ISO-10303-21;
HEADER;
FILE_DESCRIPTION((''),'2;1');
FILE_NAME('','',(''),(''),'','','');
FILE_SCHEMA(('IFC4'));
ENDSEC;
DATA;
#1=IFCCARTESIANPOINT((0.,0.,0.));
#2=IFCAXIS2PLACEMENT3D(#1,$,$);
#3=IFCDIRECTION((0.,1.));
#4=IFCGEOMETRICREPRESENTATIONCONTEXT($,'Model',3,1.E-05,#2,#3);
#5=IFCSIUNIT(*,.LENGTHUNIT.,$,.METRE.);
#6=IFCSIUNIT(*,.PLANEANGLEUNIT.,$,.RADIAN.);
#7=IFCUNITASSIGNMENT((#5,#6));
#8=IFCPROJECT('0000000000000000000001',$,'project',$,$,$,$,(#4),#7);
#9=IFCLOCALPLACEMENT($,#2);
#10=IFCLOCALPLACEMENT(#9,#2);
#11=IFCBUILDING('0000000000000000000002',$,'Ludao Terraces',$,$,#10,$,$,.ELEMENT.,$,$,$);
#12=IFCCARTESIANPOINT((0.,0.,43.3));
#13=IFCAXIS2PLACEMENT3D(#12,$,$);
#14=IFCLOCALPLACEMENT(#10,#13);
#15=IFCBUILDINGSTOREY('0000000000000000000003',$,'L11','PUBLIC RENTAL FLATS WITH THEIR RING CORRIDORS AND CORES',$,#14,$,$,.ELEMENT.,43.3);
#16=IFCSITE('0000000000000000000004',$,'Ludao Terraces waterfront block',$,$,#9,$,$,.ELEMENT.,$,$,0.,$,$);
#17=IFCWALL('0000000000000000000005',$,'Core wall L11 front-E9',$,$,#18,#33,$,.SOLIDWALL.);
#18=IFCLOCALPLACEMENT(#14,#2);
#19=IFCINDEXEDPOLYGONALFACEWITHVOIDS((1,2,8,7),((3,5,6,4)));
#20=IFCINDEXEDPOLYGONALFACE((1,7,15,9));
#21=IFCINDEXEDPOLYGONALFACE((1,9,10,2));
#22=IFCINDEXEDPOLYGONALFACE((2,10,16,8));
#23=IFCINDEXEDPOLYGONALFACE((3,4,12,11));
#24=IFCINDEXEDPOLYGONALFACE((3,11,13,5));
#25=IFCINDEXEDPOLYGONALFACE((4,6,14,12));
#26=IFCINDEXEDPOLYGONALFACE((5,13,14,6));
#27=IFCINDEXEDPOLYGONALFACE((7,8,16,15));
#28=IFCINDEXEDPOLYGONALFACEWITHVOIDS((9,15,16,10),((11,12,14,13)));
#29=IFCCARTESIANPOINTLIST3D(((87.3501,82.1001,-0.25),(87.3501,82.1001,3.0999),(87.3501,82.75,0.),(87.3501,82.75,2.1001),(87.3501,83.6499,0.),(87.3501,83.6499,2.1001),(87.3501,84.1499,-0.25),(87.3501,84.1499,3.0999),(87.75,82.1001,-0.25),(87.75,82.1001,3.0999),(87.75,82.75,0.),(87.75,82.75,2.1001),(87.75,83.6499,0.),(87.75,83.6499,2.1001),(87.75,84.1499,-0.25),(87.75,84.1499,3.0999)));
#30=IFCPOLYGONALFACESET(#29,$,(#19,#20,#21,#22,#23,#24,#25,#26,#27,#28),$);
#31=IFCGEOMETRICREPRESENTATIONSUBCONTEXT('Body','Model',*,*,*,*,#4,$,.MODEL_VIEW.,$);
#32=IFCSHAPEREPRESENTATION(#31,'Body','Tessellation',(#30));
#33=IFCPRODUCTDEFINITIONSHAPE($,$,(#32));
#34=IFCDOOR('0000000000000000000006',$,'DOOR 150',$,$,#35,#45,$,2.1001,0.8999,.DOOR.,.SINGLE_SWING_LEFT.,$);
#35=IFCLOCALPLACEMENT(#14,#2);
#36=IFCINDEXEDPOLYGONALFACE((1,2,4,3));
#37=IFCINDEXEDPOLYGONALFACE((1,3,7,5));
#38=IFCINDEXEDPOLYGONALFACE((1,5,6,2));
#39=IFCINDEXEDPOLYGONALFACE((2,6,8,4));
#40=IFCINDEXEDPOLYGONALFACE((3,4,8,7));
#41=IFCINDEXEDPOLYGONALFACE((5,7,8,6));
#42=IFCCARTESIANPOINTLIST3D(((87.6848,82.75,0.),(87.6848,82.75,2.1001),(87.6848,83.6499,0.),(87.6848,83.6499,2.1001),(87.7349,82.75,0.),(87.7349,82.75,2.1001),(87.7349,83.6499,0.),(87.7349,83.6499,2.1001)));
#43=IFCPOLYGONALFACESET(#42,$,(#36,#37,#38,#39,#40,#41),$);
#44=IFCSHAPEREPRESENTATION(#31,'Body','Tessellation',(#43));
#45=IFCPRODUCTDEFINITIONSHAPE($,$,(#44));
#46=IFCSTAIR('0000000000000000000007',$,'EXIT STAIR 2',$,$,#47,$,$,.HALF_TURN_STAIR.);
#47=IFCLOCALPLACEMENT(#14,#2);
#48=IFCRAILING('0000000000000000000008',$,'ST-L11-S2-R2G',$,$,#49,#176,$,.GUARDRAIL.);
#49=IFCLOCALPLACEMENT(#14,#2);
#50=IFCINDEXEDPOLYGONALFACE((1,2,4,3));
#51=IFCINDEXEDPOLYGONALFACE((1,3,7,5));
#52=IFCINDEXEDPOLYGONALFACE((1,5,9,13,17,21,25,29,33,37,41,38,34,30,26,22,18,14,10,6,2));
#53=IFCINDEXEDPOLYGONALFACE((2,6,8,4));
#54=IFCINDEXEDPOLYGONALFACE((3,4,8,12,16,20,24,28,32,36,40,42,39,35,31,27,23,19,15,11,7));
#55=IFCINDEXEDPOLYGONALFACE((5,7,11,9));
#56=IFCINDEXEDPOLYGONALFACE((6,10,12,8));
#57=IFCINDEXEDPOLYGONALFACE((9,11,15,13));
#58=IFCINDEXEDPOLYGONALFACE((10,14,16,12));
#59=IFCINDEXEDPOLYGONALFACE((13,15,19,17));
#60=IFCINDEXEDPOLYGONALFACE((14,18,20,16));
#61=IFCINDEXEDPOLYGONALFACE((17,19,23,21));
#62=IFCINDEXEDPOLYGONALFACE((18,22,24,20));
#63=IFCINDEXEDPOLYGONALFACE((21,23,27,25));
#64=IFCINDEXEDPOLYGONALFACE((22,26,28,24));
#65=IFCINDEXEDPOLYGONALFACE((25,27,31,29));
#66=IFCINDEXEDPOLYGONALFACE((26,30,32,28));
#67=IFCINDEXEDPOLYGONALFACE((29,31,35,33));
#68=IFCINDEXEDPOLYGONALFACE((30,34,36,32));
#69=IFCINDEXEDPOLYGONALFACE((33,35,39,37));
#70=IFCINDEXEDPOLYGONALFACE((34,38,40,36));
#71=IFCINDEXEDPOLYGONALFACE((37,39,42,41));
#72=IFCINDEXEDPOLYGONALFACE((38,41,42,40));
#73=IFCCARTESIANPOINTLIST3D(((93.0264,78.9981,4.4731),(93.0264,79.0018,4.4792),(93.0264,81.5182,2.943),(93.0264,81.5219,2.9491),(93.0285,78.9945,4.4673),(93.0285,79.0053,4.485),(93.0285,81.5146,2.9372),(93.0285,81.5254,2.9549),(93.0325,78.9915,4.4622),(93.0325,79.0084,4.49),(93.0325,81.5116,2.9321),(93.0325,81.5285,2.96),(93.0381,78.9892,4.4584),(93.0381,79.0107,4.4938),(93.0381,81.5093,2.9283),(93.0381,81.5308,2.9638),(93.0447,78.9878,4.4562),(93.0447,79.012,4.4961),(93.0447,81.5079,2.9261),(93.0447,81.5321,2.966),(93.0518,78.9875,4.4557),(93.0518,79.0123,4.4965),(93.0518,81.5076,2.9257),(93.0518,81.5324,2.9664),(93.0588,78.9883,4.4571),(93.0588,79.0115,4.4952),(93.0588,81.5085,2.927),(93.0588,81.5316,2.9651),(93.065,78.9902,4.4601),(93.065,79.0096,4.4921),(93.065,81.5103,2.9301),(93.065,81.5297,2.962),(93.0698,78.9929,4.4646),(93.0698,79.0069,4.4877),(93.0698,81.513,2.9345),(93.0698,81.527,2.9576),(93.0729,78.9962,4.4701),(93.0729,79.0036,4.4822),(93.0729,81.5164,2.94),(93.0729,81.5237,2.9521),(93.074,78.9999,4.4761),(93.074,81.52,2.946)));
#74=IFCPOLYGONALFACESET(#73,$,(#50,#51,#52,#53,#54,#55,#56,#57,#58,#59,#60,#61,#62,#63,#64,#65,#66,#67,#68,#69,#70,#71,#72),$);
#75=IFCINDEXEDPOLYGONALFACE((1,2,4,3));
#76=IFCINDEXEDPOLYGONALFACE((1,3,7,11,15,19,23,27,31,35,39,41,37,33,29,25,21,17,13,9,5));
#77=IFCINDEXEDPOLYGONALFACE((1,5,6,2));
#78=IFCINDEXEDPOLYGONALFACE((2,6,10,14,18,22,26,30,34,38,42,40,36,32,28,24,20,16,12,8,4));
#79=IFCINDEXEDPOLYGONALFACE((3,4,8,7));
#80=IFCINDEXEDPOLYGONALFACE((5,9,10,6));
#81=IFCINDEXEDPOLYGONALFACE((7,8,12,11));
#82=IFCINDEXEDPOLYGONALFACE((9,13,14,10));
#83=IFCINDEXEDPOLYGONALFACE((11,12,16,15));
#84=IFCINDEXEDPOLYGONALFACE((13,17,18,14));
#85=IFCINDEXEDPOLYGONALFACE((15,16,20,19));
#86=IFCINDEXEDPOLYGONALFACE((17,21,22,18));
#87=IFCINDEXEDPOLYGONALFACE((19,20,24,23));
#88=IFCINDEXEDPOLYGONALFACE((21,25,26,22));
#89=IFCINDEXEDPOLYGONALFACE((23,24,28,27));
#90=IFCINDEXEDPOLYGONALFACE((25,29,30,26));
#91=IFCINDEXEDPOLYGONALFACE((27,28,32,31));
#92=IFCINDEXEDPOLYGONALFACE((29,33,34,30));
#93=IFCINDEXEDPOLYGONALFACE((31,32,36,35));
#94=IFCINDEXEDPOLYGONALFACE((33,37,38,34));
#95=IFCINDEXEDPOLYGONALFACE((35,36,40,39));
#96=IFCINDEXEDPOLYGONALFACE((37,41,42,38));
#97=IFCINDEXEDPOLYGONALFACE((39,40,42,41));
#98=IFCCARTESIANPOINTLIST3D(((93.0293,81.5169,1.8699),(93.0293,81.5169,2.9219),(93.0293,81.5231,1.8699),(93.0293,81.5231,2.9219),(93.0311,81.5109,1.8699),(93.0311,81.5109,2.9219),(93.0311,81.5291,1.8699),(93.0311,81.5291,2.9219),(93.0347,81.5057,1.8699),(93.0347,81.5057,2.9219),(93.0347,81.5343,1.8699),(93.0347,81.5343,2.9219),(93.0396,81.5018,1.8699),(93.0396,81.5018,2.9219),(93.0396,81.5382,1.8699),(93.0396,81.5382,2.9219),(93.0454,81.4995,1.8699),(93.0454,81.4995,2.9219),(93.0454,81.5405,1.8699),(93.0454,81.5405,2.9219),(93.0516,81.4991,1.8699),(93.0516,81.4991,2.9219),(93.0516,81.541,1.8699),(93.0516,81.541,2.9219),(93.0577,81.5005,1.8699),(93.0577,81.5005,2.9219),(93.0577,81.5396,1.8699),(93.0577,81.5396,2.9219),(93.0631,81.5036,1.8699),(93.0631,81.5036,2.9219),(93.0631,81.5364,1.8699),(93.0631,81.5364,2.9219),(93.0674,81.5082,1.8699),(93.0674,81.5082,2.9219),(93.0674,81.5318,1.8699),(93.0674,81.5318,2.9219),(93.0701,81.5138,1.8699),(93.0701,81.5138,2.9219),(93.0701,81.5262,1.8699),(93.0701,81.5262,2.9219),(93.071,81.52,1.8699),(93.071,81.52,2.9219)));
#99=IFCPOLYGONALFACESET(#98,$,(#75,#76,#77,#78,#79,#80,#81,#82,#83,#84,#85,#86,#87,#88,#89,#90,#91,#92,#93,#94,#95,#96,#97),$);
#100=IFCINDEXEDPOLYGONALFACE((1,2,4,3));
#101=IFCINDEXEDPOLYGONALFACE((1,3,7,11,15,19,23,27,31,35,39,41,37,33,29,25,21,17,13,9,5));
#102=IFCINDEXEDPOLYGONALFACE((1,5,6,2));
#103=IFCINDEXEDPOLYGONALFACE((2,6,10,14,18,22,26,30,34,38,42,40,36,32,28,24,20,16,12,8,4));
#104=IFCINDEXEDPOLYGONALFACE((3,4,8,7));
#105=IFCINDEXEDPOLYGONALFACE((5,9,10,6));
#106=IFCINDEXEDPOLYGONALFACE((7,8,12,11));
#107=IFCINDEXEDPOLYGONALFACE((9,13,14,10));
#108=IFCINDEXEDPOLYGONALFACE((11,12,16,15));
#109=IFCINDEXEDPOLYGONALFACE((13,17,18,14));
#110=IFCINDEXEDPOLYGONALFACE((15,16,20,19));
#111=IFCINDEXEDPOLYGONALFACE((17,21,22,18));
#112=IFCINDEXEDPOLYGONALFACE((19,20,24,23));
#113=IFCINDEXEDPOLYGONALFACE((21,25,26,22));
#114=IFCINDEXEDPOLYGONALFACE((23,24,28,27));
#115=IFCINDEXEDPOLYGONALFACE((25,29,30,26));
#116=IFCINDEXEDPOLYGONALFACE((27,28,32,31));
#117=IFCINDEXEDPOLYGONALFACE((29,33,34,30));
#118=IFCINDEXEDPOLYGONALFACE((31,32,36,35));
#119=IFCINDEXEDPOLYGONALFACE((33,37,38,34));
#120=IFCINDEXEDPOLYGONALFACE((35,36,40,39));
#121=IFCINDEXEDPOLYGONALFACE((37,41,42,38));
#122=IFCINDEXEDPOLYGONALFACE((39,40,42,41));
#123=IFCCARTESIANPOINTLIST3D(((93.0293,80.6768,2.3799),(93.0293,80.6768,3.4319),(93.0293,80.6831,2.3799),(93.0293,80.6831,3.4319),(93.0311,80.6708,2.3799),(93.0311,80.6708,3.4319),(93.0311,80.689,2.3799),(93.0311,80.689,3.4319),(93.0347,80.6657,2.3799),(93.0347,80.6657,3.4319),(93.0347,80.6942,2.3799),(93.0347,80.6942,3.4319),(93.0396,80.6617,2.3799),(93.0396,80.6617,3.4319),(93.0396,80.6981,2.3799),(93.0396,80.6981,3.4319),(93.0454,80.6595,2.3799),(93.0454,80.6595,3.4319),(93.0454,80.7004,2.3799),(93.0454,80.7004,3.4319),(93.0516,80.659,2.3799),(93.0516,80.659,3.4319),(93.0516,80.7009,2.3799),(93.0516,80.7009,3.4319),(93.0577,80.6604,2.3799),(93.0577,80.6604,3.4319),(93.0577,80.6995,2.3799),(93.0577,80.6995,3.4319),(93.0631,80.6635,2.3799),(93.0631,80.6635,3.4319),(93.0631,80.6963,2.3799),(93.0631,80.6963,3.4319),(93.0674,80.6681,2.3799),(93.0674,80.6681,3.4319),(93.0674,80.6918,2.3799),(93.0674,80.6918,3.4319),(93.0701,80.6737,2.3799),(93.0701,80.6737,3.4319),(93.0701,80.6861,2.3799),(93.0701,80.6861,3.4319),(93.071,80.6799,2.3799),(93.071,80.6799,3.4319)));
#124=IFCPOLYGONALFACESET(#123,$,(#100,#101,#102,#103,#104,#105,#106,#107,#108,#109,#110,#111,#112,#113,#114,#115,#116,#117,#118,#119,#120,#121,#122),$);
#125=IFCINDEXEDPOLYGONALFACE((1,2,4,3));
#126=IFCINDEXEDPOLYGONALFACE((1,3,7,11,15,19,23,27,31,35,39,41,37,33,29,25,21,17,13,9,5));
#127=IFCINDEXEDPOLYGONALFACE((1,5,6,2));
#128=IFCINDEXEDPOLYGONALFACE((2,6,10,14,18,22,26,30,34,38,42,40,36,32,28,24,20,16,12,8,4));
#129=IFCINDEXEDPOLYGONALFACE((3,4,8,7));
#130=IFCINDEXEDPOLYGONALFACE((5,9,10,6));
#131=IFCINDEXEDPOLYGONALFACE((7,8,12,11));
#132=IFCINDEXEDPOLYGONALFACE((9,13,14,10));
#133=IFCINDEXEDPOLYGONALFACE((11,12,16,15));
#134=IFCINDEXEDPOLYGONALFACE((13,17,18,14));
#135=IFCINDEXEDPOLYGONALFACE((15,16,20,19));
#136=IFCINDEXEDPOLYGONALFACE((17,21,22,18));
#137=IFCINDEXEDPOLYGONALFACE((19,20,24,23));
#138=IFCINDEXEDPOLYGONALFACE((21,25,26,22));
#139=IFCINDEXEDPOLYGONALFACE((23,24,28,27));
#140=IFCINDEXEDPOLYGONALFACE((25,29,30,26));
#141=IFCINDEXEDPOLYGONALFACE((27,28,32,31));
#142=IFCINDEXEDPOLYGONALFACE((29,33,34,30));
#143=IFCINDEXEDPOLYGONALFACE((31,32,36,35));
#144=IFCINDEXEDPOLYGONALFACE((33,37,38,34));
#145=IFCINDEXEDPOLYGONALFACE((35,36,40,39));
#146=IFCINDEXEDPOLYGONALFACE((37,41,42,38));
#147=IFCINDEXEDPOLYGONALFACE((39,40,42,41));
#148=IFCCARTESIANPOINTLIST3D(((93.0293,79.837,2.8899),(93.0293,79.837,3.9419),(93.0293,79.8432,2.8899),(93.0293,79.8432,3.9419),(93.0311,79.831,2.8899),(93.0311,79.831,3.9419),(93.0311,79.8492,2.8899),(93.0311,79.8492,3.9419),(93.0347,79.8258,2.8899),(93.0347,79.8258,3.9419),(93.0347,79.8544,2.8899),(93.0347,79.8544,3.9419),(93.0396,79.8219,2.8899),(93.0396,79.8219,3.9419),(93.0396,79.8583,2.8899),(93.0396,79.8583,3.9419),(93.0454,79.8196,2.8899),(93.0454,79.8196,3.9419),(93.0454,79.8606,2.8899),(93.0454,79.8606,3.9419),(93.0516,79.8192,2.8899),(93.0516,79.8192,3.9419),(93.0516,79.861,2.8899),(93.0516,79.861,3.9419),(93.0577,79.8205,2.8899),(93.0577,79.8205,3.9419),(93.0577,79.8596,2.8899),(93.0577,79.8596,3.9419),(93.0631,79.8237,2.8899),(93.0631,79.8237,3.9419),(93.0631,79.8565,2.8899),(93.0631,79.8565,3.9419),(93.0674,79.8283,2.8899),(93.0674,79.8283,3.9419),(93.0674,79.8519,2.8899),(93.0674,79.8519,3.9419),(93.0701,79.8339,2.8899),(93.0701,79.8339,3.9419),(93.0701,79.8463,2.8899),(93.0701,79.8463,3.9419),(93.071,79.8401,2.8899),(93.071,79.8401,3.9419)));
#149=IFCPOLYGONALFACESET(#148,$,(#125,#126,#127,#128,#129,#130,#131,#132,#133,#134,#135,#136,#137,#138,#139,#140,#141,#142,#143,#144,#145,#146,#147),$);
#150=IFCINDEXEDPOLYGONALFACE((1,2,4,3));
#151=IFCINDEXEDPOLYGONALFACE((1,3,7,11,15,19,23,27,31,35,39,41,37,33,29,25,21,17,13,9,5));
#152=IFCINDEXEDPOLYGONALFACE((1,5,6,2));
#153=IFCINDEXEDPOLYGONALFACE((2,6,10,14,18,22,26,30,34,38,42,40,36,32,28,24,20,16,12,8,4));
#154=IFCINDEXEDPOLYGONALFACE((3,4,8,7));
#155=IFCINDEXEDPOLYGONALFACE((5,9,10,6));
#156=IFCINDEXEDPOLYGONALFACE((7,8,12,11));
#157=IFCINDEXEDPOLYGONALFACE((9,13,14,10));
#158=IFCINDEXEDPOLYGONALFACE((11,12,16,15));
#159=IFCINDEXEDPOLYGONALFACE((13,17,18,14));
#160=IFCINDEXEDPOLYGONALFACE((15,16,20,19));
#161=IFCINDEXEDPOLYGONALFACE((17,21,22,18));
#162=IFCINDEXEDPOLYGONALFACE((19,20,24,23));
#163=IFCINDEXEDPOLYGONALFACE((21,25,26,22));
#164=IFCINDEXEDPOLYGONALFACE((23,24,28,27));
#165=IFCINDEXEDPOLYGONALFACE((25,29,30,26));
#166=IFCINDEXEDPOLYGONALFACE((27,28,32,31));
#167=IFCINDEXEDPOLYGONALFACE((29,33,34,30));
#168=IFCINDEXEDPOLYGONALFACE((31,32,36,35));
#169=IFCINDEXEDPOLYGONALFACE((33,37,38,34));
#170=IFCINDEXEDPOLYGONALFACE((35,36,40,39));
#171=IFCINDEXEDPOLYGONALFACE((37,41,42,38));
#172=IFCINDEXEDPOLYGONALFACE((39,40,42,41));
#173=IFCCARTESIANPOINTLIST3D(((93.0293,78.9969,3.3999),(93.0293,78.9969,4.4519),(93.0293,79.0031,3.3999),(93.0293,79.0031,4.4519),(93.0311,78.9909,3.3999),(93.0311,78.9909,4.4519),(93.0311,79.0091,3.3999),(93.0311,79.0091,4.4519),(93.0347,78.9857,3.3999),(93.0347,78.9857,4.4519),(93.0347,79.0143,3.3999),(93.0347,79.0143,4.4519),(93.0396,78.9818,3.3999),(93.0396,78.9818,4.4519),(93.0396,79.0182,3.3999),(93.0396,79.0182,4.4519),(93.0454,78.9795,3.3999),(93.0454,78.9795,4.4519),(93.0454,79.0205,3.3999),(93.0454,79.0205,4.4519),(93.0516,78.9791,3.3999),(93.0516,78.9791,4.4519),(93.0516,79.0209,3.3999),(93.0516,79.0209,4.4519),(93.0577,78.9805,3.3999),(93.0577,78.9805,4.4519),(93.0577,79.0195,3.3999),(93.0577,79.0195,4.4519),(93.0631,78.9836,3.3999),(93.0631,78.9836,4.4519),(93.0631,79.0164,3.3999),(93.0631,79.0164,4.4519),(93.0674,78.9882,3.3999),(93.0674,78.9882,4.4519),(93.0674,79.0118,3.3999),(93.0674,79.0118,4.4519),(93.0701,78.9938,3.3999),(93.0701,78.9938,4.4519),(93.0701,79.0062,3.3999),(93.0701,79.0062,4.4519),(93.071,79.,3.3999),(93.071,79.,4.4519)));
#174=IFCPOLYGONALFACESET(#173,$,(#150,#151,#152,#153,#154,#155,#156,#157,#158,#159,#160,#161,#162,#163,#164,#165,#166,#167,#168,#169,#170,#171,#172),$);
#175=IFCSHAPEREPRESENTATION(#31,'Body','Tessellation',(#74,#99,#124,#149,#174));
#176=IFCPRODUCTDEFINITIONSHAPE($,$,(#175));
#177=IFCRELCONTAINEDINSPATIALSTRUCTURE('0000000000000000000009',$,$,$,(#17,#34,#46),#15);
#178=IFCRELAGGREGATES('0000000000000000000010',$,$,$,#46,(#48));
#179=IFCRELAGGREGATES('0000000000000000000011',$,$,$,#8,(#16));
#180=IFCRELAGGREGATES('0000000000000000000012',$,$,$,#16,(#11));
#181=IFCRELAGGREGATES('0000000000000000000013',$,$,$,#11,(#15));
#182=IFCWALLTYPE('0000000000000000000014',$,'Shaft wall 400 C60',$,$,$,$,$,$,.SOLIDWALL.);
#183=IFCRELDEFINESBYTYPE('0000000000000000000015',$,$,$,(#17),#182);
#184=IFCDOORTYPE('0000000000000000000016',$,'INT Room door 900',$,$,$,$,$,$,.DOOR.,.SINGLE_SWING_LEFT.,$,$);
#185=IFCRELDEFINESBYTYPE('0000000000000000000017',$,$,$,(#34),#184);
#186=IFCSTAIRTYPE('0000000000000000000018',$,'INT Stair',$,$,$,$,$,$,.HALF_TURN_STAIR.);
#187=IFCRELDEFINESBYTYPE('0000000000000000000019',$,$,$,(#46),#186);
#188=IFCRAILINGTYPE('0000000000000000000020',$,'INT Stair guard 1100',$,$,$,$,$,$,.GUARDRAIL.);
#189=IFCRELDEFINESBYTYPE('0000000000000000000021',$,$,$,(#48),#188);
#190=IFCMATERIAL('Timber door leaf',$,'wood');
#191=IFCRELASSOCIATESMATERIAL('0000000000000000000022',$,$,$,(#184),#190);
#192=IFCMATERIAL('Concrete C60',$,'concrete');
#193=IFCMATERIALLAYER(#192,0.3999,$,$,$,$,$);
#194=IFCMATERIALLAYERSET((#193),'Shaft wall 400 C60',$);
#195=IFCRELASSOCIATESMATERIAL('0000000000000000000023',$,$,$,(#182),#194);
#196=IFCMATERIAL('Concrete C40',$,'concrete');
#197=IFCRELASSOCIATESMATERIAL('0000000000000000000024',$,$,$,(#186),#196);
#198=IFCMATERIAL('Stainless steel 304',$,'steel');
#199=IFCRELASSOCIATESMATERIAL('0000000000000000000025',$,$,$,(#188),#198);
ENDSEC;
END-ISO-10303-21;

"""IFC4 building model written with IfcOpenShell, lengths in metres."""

from ifc_helpers import new_model, si_unit, direction, frame, frame_2d, origin, origin_2d, place, context, subcontext, project, spatial, rectangle, circle, extrude, material, layer, layer_set, type_object, element, fill, aggregate, save


model = new_model("IFC4")

# Units and contexts
model_context = context("Model", 3, precision=1e-05, world=origin(), true_north=direction((0.0, 1.0)))
body_context = subcontext(model_context, "Body", "Model", "MODEL_VIEW")
ifc_project = project(units=[si_unit("LENGTHUNIT", "METRE"), si_unit("PLANEANGLEUNIT", "RADIAN")], contexts=[model_context])

# Site, building, storey
site_placement = place(None, origin())
site = spatial("IfcSite", under=ifc_project, at=site_placement, Name="Ludao Terraces waterfront block", CompositionType="ELEMENT", RefElevation=0.0)
building_placement = place(site_placement, origin())
building = spatial("IfcBuilding", under=site, at=building_placement, Name="Ludao Terraces", CompositionType="ELEMENT")
storey_placement = place(building_placement, frame((0.0, 0.0, 43.3)))
storey = spatial("IfcBuildingStorey", under=building, at=storey_placement, Name="L11", Description="PUBLIC RENTAL FLATS WITH THEIR RING CORRIDORS AND CORES", CompositionType="ELEMENT", Elevation=43.3)

# Shared definitions
ifc_material_1 = material(Name="Concrete C40", Category="concrete")

# Shared definitions
ifc_material_2 = material(Name="Timber door leaf", Category="wood")
door_type_1 = type_object("IfcDoorType", Name="INT Room door 900", OperationType="SINGLE_SWING_LEFT", PredefinedType="DOOR", material=ifc_material_2)
ifc_material_3 = material(Name="Concrete C60", Category="concrete")
ifc_layer_1 = layer(ifc_material_3, 0.3999)
ifc_layer_set_1 = layer_set([ifc_layer_1], Name="Shaft wall 400 C60")
wall_type_1 = type_object("IfcWallType", Name="Shaft wall 400 C60", PredefinedType="SOLIDWALL", material=ifc_layer_set_1)

# Wall, opening, door
wall_1_placement = place(storey_placement, frame((87.55, 82.1001, -0.25), z_axis=(0.0, 0.0, 1.0), x_axis=(0.0, 1.0, 0.0)))
wall_1 = element("IfcWall", 1, at=wall_1_placement, inside=storey, type_object=wall_type_1, Name="Core wall L11 front-E9", PredefinedType="SOLIDWALL", context=body_context, shape_type="SweptSolid", body=[
    extrude(rectangle(XDim=2.0498, YDim=0.3999, at=frame_2d((1.0249, 0.0))), origin(), (0.0, 0.0, 1.0), 3.3499),
])
opening_1_placement = place(wall_1_placement, frame((0.6499, 0.0, 0.25)))
opening_1 = element("IfcOpeningElement", 2, at=opening_1_placement, cuts=wall_1, PredefinedType="OPENING", context=body_context, shape_type="SweptSolid", body=[
    extrude(rectangle(XDim=0.8999, YDim=2.1001, at=frame_2d((0.45, 1.05))), frame((0.0, 0.21, 0.0), z_axis=(0.0, -1.0, 0.0), x_axis=(1.0, 0.0, 0.0)), (0.0, 0.0, 1.0), 0.4199),
])
door_1_placement = place(opening_1_placement, origin())
door_1 = element("IfcDoor", 3, at=door_1_placement, inside=storey, type_object=door_type_1, Name="DOOR 150", OperationType="SINGLE_SWING_LEFT", OverallHeight=2.1001, OverallWidth=0.8999, PredefinedType="DOOR", context=body_context, shape_type="SweptSolid", body=[
    extrude(rectangle(XDim=0.8999, YDim=2.1001, at=frame_2d((0.45, 1.05))), frame((0.0, -0.1348, 0.0), z_axis=(0.0, -1.0, 0.0), x_axis=(1.0, 0.0, 0.0)), (0.0, 0.0, 1.0), 0.05),
])
fill(opening_1, door_1)

# Stair, railing
stair_type = type_object("IfcStairType", Name="INT Stair", PredefinedType="HALF_TURN_STAIR", material=ifc_material_1)
stair_placement = place(storey_placement, origin())
stair = element("IfcStair", 4, at=stair_placement, inside=storey, type_object=stair_type, Name="EXIT STAIR 2", PredefinedType="HALF_TURN_STAIR")
ifc_material_4 = material(Name="Stainless steel 304", Category="steel")
railing_type_1 = type_object("IfcRailingType", Name="INT Stair guard 1100", PredefinedType="GUARDRAIL", material=ifc_material_4)
railing_1_placement = place(storey_placement, frame((93.05, 81.52, 1.8699)))
railing_1 = element("IfcRailing", 5, at=railing_1_placement, type_object=railing_type_1, Name="ST-L11-S2-R2G", PredefinedType="GUARDRAIL", context=body_context, shape_type="SweptSolid", body=[
    extrude(circle(Radius=0.0239, at=origin_2d()), frame((0.0, 0.0, 1.0762), z_axis=(0.0, -0.854785, 0.518982), x_axis=(1.0, 0.0, 0.0)), (0.0, 0.0, 1.0), 2.9482),
    extrude(circle(Radius=0.021, at=origin_2d()), origin(), (0.0, 0.0, 1.0), 1.052),
    extrude(circle(Radius=0.021, at=origin_2d()), frame((0.0, -0.8401, 0.51)), (0.0, 0.0, 1.0), 1.052),
    extrude(circle(Radius=0.021, at=origin_2d()), frame((0.0, -1.6799, 1.02)), (0.0, 0.0, 1.0), 1.052),
    extrude(circle(Radius=0.021, at=origin_2d()), frame((0.0, -2.52, 1.53)), (0.0, 0.0, 1.0), 1.052),
])
aggregate(stair, [railing_1])

save(model, "model.ifc")
